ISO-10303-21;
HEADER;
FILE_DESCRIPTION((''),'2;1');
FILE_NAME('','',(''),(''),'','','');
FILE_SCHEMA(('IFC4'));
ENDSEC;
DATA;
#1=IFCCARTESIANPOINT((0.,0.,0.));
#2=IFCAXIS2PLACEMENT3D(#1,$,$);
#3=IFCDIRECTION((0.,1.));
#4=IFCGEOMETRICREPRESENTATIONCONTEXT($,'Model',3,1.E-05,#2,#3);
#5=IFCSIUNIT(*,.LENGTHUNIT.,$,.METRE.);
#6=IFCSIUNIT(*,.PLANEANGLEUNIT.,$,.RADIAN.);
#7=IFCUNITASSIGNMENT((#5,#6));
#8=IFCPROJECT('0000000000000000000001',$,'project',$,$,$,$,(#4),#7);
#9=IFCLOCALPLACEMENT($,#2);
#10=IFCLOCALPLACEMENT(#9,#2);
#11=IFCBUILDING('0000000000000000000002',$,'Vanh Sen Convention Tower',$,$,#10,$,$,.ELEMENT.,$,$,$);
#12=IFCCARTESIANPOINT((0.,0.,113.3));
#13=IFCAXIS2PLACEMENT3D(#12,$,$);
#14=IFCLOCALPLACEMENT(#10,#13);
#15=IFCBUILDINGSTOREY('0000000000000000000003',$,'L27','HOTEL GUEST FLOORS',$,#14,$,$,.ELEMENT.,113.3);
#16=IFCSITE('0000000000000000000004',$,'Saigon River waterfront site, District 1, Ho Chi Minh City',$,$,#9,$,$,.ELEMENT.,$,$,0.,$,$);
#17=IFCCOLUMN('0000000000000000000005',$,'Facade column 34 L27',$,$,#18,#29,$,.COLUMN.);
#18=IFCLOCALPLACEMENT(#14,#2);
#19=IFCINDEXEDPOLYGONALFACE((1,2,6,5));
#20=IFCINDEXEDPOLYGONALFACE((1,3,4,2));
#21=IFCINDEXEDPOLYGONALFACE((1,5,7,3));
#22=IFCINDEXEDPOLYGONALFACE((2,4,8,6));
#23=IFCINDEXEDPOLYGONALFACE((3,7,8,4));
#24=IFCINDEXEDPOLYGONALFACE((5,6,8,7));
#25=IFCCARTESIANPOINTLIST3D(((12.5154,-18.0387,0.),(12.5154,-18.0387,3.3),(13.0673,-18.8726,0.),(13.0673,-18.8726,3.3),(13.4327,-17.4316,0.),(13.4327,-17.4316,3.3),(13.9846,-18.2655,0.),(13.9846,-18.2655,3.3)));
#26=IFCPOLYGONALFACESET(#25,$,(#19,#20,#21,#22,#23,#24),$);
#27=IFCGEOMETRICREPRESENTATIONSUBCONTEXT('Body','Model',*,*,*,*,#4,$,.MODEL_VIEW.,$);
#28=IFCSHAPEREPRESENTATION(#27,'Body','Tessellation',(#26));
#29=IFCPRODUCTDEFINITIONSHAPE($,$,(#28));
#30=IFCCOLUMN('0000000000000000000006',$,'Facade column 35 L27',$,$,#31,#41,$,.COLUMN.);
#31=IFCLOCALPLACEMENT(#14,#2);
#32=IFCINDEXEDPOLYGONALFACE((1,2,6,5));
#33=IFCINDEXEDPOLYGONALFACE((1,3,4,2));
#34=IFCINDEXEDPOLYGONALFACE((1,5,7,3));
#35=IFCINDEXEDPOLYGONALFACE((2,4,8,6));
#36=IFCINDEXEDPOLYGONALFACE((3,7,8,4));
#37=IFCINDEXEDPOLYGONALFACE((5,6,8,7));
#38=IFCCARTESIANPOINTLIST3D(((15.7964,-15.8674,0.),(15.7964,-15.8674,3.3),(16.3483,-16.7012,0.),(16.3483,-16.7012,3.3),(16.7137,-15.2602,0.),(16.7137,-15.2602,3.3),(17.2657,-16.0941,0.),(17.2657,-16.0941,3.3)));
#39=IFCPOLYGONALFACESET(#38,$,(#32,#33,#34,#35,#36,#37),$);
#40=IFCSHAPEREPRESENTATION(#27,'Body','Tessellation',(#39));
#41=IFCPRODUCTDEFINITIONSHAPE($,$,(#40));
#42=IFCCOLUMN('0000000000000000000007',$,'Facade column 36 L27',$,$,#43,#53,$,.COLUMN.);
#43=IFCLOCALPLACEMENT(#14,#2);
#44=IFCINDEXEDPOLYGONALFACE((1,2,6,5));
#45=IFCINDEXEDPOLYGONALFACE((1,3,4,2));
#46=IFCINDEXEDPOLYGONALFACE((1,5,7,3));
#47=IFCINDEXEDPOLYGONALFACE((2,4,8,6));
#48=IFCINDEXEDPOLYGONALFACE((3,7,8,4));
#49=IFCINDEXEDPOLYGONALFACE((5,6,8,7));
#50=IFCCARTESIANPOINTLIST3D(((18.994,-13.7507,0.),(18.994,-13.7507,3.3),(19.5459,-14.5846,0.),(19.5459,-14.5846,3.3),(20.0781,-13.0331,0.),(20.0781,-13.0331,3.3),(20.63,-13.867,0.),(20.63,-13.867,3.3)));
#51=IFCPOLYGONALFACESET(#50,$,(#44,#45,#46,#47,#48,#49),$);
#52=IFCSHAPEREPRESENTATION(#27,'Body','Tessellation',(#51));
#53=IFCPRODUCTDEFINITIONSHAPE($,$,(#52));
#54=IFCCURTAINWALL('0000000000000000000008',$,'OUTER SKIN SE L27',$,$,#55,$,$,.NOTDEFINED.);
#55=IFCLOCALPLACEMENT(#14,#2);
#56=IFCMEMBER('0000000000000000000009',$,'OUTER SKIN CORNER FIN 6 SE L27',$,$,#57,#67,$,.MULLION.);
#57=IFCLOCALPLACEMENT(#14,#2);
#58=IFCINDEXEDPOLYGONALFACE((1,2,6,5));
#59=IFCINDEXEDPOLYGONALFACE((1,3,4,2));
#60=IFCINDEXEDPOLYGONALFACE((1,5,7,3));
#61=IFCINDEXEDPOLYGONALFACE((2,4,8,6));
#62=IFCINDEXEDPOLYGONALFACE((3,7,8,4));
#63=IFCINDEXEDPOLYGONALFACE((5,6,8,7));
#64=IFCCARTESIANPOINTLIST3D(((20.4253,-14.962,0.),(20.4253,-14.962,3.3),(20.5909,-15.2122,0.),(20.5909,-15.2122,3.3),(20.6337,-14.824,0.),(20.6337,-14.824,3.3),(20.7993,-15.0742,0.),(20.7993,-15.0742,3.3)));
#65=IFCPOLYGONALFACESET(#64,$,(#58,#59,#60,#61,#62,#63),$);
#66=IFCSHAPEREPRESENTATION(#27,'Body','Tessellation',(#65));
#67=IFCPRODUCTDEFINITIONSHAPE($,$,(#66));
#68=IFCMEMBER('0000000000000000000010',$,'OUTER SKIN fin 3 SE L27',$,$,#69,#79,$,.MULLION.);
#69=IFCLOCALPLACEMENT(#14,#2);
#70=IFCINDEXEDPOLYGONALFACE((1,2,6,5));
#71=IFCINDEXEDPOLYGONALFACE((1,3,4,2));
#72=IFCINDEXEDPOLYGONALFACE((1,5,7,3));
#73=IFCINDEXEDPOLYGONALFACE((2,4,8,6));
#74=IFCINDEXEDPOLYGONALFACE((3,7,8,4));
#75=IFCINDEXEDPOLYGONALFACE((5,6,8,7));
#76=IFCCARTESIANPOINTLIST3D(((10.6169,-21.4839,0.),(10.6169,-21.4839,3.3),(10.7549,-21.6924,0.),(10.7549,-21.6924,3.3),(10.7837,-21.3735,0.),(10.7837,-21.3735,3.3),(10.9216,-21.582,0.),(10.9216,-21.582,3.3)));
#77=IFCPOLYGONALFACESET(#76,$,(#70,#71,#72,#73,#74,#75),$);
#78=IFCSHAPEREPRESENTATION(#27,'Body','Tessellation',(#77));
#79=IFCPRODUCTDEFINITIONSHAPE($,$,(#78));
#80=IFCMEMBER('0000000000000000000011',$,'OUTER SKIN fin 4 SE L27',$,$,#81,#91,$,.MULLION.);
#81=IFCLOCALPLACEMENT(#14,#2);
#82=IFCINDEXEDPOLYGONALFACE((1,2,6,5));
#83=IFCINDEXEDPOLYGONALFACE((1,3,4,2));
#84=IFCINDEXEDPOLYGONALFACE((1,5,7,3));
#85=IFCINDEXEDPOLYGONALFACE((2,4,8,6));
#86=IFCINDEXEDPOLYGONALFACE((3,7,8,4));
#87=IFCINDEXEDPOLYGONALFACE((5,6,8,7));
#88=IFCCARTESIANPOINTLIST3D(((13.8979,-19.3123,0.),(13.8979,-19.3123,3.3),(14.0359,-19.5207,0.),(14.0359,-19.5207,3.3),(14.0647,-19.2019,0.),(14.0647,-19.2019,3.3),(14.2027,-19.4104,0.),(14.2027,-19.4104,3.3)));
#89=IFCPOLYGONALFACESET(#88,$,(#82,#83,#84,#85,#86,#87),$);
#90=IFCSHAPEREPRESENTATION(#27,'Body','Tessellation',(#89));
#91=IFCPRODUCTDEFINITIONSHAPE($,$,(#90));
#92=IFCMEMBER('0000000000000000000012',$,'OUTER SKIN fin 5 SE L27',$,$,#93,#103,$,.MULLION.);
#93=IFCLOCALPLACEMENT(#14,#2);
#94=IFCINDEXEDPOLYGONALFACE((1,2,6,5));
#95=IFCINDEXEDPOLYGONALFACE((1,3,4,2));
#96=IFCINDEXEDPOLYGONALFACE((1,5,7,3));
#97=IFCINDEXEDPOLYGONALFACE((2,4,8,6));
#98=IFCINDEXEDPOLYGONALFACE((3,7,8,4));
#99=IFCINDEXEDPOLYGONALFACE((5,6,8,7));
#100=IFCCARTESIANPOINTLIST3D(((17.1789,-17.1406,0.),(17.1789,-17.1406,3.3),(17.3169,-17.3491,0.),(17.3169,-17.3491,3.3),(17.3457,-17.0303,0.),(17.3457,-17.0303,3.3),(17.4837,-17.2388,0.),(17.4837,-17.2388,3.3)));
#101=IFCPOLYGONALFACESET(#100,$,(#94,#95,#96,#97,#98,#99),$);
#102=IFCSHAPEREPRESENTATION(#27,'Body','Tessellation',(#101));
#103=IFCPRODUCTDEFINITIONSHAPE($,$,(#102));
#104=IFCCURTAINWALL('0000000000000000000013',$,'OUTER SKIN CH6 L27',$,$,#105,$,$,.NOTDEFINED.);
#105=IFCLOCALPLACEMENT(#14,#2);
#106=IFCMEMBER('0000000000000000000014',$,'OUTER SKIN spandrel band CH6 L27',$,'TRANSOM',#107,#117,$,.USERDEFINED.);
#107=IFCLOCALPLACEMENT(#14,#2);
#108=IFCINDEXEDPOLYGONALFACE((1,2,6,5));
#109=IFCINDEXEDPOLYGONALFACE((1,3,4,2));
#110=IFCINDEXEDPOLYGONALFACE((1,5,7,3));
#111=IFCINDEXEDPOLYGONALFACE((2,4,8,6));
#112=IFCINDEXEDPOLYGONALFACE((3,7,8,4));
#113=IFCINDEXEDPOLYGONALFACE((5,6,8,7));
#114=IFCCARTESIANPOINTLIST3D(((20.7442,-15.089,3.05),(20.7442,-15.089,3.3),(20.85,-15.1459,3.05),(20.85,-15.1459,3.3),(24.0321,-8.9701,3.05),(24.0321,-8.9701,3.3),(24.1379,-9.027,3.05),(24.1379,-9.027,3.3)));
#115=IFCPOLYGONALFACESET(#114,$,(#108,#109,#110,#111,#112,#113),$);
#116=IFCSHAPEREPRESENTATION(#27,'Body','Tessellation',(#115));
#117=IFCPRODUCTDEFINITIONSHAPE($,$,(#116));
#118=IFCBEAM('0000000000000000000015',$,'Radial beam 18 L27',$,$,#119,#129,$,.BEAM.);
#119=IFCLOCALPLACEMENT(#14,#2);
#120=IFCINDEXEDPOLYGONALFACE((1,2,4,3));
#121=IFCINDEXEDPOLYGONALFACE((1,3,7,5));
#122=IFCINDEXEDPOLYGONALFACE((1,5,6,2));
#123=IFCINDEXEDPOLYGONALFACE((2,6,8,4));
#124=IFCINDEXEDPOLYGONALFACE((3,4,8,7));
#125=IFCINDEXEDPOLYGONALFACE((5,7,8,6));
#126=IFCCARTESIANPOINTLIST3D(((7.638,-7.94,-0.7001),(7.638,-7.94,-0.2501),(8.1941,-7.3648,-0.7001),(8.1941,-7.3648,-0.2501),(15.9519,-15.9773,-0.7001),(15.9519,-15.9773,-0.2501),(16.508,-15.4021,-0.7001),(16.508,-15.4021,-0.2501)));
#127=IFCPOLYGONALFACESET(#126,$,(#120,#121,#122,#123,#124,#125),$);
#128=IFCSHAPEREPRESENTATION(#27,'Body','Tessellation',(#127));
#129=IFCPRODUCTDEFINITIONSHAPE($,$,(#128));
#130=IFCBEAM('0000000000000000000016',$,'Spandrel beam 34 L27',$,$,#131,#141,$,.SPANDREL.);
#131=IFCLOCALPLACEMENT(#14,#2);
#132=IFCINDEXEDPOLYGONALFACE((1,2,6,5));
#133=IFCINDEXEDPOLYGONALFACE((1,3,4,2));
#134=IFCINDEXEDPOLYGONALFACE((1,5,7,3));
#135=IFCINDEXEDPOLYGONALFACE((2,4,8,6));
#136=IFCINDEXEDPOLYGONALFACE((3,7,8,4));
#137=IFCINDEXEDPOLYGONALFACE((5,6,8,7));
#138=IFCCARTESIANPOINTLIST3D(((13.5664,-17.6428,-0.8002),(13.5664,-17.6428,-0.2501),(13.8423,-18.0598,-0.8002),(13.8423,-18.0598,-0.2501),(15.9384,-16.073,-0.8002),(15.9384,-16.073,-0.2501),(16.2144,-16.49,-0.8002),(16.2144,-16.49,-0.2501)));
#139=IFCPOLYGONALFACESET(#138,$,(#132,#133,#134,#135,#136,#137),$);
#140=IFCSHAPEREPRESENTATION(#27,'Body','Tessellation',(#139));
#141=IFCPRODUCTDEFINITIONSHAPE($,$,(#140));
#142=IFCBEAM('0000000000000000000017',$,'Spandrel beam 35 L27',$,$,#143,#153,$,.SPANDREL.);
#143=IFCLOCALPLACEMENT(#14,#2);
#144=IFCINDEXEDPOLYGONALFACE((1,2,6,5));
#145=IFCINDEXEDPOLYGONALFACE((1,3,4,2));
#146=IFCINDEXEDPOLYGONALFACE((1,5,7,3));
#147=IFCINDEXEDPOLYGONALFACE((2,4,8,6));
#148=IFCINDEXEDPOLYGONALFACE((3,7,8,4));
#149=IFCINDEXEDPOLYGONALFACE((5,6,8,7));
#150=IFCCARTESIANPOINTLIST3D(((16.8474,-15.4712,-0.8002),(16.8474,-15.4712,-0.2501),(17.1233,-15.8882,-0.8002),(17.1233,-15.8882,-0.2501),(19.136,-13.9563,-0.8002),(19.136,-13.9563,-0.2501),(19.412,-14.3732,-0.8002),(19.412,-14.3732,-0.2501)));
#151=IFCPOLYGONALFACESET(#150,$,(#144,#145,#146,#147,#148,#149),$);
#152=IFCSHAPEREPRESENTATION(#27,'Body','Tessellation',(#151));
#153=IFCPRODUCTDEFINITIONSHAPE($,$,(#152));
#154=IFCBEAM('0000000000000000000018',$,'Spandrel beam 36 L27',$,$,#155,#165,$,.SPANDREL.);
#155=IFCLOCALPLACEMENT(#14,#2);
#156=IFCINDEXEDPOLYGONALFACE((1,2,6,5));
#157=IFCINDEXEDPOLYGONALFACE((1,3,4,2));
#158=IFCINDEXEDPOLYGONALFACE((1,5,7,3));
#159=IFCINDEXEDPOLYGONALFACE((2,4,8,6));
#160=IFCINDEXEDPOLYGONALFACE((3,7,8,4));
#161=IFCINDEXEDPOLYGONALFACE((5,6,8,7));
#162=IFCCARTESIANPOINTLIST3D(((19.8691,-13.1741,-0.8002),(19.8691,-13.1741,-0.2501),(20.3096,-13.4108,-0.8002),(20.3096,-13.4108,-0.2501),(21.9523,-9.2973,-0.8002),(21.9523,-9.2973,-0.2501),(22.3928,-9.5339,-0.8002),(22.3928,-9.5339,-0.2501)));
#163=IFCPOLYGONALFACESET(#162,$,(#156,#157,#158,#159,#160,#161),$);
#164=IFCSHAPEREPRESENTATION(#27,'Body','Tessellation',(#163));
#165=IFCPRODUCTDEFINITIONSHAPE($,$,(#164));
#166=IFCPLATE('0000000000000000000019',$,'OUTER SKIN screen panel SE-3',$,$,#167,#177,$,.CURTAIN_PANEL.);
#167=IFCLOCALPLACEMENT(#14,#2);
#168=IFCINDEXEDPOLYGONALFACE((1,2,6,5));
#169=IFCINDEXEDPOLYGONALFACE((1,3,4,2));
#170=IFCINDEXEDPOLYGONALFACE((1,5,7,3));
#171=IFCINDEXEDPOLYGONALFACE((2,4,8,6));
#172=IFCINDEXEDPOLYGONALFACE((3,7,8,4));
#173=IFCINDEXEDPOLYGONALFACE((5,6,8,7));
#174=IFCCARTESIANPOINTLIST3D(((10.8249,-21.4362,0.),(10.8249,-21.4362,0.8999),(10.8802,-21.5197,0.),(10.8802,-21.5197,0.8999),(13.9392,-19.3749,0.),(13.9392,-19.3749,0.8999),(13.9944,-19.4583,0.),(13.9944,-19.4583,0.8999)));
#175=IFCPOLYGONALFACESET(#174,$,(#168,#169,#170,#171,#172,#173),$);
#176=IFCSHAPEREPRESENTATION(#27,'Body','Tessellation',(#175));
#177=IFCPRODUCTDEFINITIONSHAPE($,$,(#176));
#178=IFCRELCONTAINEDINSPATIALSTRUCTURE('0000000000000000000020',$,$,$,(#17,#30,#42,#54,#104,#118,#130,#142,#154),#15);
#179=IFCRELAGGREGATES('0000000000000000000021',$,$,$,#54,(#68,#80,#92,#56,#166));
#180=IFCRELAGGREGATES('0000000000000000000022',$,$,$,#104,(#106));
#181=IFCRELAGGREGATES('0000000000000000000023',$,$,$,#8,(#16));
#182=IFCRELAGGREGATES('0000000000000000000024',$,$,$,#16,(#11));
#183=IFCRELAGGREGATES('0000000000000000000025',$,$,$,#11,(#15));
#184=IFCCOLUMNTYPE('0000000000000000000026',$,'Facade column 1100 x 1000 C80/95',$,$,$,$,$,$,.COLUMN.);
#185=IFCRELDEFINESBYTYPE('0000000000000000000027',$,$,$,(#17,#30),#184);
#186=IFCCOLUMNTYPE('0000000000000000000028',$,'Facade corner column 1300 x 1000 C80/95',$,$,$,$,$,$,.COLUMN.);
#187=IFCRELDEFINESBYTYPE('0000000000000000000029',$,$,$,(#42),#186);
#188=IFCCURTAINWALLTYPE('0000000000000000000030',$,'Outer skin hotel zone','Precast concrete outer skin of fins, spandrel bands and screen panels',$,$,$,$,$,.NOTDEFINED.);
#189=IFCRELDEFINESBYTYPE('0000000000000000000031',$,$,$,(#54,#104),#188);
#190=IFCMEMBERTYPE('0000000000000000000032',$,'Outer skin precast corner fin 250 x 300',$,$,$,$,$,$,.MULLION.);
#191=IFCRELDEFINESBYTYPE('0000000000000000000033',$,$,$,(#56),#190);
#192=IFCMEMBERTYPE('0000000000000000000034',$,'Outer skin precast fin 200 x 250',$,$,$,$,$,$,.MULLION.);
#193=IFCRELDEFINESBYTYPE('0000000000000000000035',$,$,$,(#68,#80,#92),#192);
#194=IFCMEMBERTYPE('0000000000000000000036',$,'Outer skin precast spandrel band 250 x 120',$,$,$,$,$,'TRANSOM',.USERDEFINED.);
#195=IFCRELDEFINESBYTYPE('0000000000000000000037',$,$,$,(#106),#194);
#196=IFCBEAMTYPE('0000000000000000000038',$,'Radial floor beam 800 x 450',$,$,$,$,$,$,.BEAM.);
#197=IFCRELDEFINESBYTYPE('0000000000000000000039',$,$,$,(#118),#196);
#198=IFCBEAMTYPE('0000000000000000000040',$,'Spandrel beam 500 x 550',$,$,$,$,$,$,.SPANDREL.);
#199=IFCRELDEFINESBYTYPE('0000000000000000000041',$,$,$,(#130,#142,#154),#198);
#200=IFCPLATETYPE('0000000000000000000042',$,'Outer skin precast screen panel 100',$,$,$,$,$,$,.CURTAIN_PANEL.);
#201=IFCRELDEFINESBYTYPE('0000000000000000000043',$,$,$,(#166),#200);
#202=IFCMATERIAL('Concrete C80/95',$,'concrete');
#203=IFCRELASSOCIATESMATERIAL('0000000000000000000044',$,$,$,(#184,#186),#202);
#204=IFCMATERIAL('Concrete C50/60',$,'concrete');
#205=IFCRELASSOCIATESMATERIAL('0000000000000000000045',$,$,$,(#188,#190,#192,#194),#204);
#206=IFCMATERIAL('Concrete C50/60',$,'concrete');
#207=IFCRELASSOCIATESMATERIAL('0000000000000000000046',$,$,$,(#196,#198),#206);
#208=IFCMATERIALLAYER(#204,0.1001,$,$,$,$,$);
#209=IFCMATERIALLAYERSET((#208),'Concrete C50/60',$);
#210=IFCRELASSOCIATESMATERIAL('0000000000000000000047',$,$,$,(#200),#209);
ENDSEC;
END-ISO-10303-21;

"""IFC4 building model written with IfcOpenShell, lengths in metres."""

from ifc_helpers import new_model, si_unit, direction, frame, origin, origin_2d, place, context, subcontext, project, spatial, rectangle, extrude, material, layer, layer_set, material_profile, profile_set, type_object, element, aggregate, save


model = new_model("IFC4")

# Units and contexts
model_context = context("Model", 3, precision=1e-05, world=origin(), true_north=direction((0.0, 1.0)))
body_context = subcontext(model_context, "Body", "Model", "MODEL_VIEW")
ifc_project = project(units=[si_unit("LENGTHUNIT", "METRE"), si_unit("PLANEANGLEUNIT", "RADIAN")], contexts=[model_context])

# Site, building, storey
site_placement = place(None, origin())
site = spatial("IfcSite", under=ifc_project, at=site_placement, Name="Saigon River waterfront site, District 1, Ho Chi Minh City", CompositionType="ELEMENT", RefElevation=0.0)
building_placement = place(site_placement, origin())
building = spatial("IfcBuilding", under=site, at=building_placement, Name="Vanh Sen Convention Tower", CompositionType="ELEMENT")
storey_placement = place(building_placement, frame((0.0, 0.0, 113.3)))
storey = spatial("IfcBuildingStorey", under=building, at=storey_placement, Name="L27", Description="HOTEL GUEST FLOORS", CompositionType="ELEMENT", Elevation=113.3)

# Columns
ifc_material_1 = material(Name="Concrete C80/95", Category="concrete")
ifc_material_profile_1 = material_profile(ifc_material_1, rectangle(XDim=1.1001, YDim=1.0, at=origin_2d()), Name="RC 1100X1000")
ifc_profile_set_1 = profile_set([ifc_material_profile_1], Name="Concrete C80/95")
column_type_1 = type_object("IfcColumnType", Name="Facade column 1100 x 1000 C80/95", PredefinedType="COLUMN", material=ifc_profile_set_1)
for number, where, z_axis, x_axis, name in (
    (1, (13.25, -18.1521, 0.0), (0.0, 0.0, 1.0), (0.833886, 0.551937, 0.0), "Facade column 34 L27"),
    (2, (16.531, -15.9807, 0.0), (0.0, 0.0, 1.0), (0.833886, 0.551937, 0.0), "Facade column 35 L27"),
):
    element("IfcColumn", number, at=place(storey_placement, frame(where, z_axis=z_axis, x_axis=x_axis)), inside=storey, type_object=column_type_1, Name=name, PredefinedType="COLUMN", context=body_context, shape_type="SweptSolid", body=[
        extrude(rectangle(XDim=1.1001, YDim=1.0, at=origin_2d()), origin(), (0.0, 0.0, 1.0), 3.3),
    ])
ifc_material_profile_2 = material_profile(ifc_material_1, rectangle(XDim=1.3, YDim=1.0, at=origin_2d()), Name="RC 1300X1000")
ifc_profile_set_2 = profile_set([ifc_material_profile_2], Name="Concrete C80/95")
column_type_2 = type_object("IfcColumnType", Name="Facade corner column 1300 x 1000 C80/95", PredefinedType="COLUMN", material=ifc_profile_set_2)
column_placement = place(storey_placement, frame((19.812, -13.8088, 0.0), z_axis=(0.0, 0.0, 1.0), x_axis=(0.833886, 0.551937, 0.0)))
element("IfcColumn", 3, at=column_placement, inside=storey, type_object=column_type_2, Name="Facade column 36 L27", PredefinedType="COLUMN", context=body_context, shape_type="SweptSolid", body=[
    extrude(rectangle(XDim=1.3, YDim=1.0, at=origin_2d()), origin(), (0.0, 0.0, 1.0), 3.3),
])

# Curtain wall, members
ifc_material_2 = material(Name="Concrete C50/60", Category="concrete")
curtain_wall_type = type_object("IfcCurtainWallType", Name="Outer skin hotel zone", Description="Precast concrete outer skin of fins, spandrel bands and screen panels", PredefinedType="NOTDEFINED", material=ifc_material_2)
curtain_wall_1_placement = place(storey_placement, origin())
curtain_wall_1 = element("IfcCurtainWall", 4, at=curtain_wall_1_placement, inside=storey, type_object=curtain_wall_type, Name="OUTER SKIN SE L27", PredefinedType="NOTDEFINED")
ifc_material_profile_3 = material_profile(ifc_material_2, rectangle(XDim=0.25, YDim=0.3, at=origin_2d()), Name="Outer skin precast corner fin 250 x 300")
ifc_profile_set_3 = profile_set([ifc_material_profile_3], Name="Concrete C50/60")
member_type_1 = type_object("IfcMemberType", Name="Outer skin precast corner fin 250 x 300", PredefinedType="MULLION", material=ifc_profile_set_3)
member_1_placement = place(storey_placement, frame((20.6123, -15.0181, 0.0), z_axis=(0.0, 0.0, 1.0), x_axis=(0.833886, 0.551937, 0.0)))
member_1 = element("IfcMember", 5, at=member_1_placement, type_object=member_type_1, Name="OUTER SKIN CORNER FIN 6 SE L27", PredefinedType="MULLION", context=body_context, shape_type="SweptSolid", body=[
    extrude(rectangle(XDim=0.25, YDim=0.3, at=origin_2d()), origin(), (0.0, 0.0, 1.0), 3.3),
])
ifc_material_profile_4 = material_profile(ifc_material_2, rectangle(XDim=0.2, YDim=0.25, at=origin_2d()), Name="Outer skin precast fin 200 x 250")
ifc_profile_set_4 = profile_set([ifc_material_profile_4], Name="Concrete C50/60")
member_type_2 = type_object("IfcMemberType", Name="Outer skin precast fin 200 x 250", PredefinedType="MULLION", material=ifc_profile_set_4)
member_2_placement = place(storey_placement, frame((10.7693, -21.533, 0.0), z_axis=(0.0, 0.0, 1.0), x_axis=(0.833886, 0.551937, 0.0)))
member_2 = element("IfcMember", 6, at=member_2_placement, type_object=member_type_2, Name="OUTER SKIN fin 3 SE L27", PredefinedType="MULLION", context=body_context, shape_type="SweptSolid", body=[
    extrude(rectangle(XDim=0.2, YDim=0.25, at=origin_2d()), origin(), (0.0, 0.0, 1.0), 3.3),
])
member_3_placement = place(storey_placement, frame((14.0503, -19.3613, 0.0), z_axis=(0.0, 0.0, 1.0), x_axis=(0.833886, 0.551937, 0.0)))
member_3 = element("IfcMember", 7, at=member_3_placement, type_object=member_type_2, Name="OUTER SKIN fin 4 SE L27", PredefinedType="MULLION", context=body_context, shape_type="SweptSolid", body=[
    extrude(rectangle(XDim=0.2, YDim=0.25, at=origin_2d()), origin(), (0.0, 0.0, 1.0), 3.3),
])
member_4_placement = place(storey_placement, frame((17.3313, -17.1897, 0.0), z_axis=(0.0, 0.0, 1.0), x_axis=(0.833886, 0.551937, 0.0)))
member_4 = element("IfcMember", 8, at=member_4_placement, type_object=member_type_2, Name="OUTER SKIN fin 5 SE L27", PredefinedType="MULLION", context=body_context, shape_type="SweptSolid", body=[
    extrude(rectangle(XDim=0.2, YDim=0.25, at=origin_2d()), origin(), (0.0, 0.0, 1.0), 3.3),
])

# Curtain wall, member
curtain_wall_2_placement = place(storey_placement, origin())
curtain_wall_2 = element("IfcCurtainWall", 9, at=curtain_wall_2_placement, inside=storey, type_object=curtain_wall_type, Name="OUTER SKIN CH6 L27", PredefinedType="NOTDEFINED")
ifc_material_profile_5 = material_profile(ifc_material_2, rectangle(XDim=0.1201, YDim=0.25, at=origin_2d()), Name="Outer skin precast spandrel band 250 x 120")
ifc_profile_set_5 = profile_set([ifc_material_profile_5], Name="Concrete C50/60")
member_type_3 = type_object("IfcMemberType", Name="Outer skin precast spandrel band 250 x 120", ElementType="TRANSOM", PredefinedType="USERDEFINED", material=ifc_profile_set_5)
member_5_placement = place(storey_placement, frame((20.7971, -15.1174, 3.175), z_axis=(0.473324, 0.880888, 0.0), x_axis=(-0.880888, 0.473324, 0.0)))
member_5 = element("IfcMember", 10, at=member_5_placement, type_object=member_type_3, Name="OUTER SKIN spandrel band CH6 L27", ObjectType="TRANSOM", PredefinedType="USERDEFINED", context=body_context, shape_type="SweptSolid", body=[
    extrude(rectangle(XDim=0.1201, YDim=0.25, at=origin_2d()), origin(), (0.0, 0.0, 1.0), 6.9463),
])

# Beams
ifc_material_3 = material(Name="Concrete C50/60", Category="concrete")
ifc_material_profile_6 = material_profile(ifc_material_3, rectangle(XDim=0.8, YDim=0.45, at=origin_2d()), Name="RC 800X450")
ifc_profile_set_6 = profile_set([ifc_material_profile_6], Name="Concrete C50/60")
beam_type_1 = type_object("IfcBeamType", Name="Radial floor beam 800 x 450", PredefinedType="BEAM", material=ifc_profile_set_6)
beam_1_placement = place(storey_placement, frame((16.23, -15.6897, -0.4751), z_axis=(-0.718966, 0.695045, 0.0), x_axis=(-0.695045, -0.718966, 0.0)))
element("IfcBeam", 11, at=beam_1_placement, inside=storey, type_object=beam_type_1, Name="Radial beam 18 L27", PredefinedType="BEAM", context=body_context, shape_type="SweptSolid", body=[
    extrude(rectangle(XDim=0.8, YDim=0.45, at=origin_2d()), origin(), (0.0, 0.0, 1.0), 11.5637),
])
ifc_material_profile_7 = material_profile(ifc_material_3, rectangle(XDim=0.5, YDim=0.55, at=origin_2d()), Name="RC 500X550")
ifc_profile_set_7 = profile_set([ifc_material_profile_7], Name="Concrete C50/60")
beam_type_2 = type_object("IfcBeamType", Name="Spandrel beam 500 x 550", PredefinedType="SPANDREL", material=ifc_profile_set_7)
beam_2_placement = place(storey_placement, frame((13.7043, -17.8513, -0.5251), z_axis=(0.833921, 0.551884, 0.0), x_axis=(-0.551884, 0.833921, 0.0)))
element("IfcBeam", 12, at=beam_2_placement, inside=storey, type_object=beam_type_2, Name="Spandrel beam 34 L27", PredefinedType="SPANDREL", context=body_context, shape_type="SweptSolid", body=[
    extrude(rectangle(XDim=0.5, YDim=0.55, at=origin_2d()), origin(), (0.0, 0.0, 1.0), 2.8445),
])
beam_3_placement = place(storey_placement, frame((16.9854, -15.6797, -0.5251), z_axis=(0.833866, 0.551967, 0.0), x_axis=(-0.551967, 0.833866, 0.0)))
element("IfcBeam", 13, at=beam_3_placement, inside=storey, type_object=beam_type_2, Name="Spandrel beam 35 L27", PredefinedType="SPANDREL", context=body_context, shape_type="SweptSolid", body=[
    extrude(rectangle(XDim=0.5, YDim=0.55, at=origin_2d()), origin(), (0.0, 0.0, 1.0), 2.7446),
])
beam_4_placement = place(storey_placement, frame((20.0894, -13.2925, -0.5251), z_axis=(0.473336, 0.880882, 0.0), x_axis=(-0.880882, 0.473336, 0.0)))
element("IfcBeam", 14, at=beam_4_placement, inside=storey, type_object=beam_type_2, Name="Spandrel beam 36 L27", PredefinedType="SPANDREL", context=body_context, shape_type="SweptSolid", body=[
    extrude(rectangle(XDim=0.5, YDim=0.55, at=origin_2d()), origin(), (0.0, 0.0, 1.0), 4.4011),
])

# Plate
ifc_layer_1 = layer(ifc_material_2, 0.1001)
ifc_layer_set_1 = layer_set([ifc_layer_1], Name="Concrete C50/60")
plate_type = type_object("IfcPlateType", Name="Outer skin precast screen panel 100", PredefinedType="CURTAIN_PANEL", material=ifc_layer_set_1)
plate_1_placement = place(storey_placement, frame((12.4097, -20.4473, 0.0), z_axis=(0.0, 0.0, 1.0), x_axis=(0.83388, 0.551946, 0.0)))
plate_1 = element("IfcPlate", 15, at=plate_1_placement, type_object=plate_type, Name="OUTER SKIN screen panel SE-3", PredefinedType="CURTAIN_PANEL", context=body_context, shape_type="SweptSolid", body=[
    extrude(rectangle(XDim=3.7346, YDim=0.1001, at=origin_2d()), origin(), (0.0, 0.0, 1.0), 0.8999),
])
aggregate(curtain_wall_1, [member_2, member_3, member_4, member_1, plate_1])
aggregate(curtain_wall_2, [member_5])

save(model, "model.ifc")
